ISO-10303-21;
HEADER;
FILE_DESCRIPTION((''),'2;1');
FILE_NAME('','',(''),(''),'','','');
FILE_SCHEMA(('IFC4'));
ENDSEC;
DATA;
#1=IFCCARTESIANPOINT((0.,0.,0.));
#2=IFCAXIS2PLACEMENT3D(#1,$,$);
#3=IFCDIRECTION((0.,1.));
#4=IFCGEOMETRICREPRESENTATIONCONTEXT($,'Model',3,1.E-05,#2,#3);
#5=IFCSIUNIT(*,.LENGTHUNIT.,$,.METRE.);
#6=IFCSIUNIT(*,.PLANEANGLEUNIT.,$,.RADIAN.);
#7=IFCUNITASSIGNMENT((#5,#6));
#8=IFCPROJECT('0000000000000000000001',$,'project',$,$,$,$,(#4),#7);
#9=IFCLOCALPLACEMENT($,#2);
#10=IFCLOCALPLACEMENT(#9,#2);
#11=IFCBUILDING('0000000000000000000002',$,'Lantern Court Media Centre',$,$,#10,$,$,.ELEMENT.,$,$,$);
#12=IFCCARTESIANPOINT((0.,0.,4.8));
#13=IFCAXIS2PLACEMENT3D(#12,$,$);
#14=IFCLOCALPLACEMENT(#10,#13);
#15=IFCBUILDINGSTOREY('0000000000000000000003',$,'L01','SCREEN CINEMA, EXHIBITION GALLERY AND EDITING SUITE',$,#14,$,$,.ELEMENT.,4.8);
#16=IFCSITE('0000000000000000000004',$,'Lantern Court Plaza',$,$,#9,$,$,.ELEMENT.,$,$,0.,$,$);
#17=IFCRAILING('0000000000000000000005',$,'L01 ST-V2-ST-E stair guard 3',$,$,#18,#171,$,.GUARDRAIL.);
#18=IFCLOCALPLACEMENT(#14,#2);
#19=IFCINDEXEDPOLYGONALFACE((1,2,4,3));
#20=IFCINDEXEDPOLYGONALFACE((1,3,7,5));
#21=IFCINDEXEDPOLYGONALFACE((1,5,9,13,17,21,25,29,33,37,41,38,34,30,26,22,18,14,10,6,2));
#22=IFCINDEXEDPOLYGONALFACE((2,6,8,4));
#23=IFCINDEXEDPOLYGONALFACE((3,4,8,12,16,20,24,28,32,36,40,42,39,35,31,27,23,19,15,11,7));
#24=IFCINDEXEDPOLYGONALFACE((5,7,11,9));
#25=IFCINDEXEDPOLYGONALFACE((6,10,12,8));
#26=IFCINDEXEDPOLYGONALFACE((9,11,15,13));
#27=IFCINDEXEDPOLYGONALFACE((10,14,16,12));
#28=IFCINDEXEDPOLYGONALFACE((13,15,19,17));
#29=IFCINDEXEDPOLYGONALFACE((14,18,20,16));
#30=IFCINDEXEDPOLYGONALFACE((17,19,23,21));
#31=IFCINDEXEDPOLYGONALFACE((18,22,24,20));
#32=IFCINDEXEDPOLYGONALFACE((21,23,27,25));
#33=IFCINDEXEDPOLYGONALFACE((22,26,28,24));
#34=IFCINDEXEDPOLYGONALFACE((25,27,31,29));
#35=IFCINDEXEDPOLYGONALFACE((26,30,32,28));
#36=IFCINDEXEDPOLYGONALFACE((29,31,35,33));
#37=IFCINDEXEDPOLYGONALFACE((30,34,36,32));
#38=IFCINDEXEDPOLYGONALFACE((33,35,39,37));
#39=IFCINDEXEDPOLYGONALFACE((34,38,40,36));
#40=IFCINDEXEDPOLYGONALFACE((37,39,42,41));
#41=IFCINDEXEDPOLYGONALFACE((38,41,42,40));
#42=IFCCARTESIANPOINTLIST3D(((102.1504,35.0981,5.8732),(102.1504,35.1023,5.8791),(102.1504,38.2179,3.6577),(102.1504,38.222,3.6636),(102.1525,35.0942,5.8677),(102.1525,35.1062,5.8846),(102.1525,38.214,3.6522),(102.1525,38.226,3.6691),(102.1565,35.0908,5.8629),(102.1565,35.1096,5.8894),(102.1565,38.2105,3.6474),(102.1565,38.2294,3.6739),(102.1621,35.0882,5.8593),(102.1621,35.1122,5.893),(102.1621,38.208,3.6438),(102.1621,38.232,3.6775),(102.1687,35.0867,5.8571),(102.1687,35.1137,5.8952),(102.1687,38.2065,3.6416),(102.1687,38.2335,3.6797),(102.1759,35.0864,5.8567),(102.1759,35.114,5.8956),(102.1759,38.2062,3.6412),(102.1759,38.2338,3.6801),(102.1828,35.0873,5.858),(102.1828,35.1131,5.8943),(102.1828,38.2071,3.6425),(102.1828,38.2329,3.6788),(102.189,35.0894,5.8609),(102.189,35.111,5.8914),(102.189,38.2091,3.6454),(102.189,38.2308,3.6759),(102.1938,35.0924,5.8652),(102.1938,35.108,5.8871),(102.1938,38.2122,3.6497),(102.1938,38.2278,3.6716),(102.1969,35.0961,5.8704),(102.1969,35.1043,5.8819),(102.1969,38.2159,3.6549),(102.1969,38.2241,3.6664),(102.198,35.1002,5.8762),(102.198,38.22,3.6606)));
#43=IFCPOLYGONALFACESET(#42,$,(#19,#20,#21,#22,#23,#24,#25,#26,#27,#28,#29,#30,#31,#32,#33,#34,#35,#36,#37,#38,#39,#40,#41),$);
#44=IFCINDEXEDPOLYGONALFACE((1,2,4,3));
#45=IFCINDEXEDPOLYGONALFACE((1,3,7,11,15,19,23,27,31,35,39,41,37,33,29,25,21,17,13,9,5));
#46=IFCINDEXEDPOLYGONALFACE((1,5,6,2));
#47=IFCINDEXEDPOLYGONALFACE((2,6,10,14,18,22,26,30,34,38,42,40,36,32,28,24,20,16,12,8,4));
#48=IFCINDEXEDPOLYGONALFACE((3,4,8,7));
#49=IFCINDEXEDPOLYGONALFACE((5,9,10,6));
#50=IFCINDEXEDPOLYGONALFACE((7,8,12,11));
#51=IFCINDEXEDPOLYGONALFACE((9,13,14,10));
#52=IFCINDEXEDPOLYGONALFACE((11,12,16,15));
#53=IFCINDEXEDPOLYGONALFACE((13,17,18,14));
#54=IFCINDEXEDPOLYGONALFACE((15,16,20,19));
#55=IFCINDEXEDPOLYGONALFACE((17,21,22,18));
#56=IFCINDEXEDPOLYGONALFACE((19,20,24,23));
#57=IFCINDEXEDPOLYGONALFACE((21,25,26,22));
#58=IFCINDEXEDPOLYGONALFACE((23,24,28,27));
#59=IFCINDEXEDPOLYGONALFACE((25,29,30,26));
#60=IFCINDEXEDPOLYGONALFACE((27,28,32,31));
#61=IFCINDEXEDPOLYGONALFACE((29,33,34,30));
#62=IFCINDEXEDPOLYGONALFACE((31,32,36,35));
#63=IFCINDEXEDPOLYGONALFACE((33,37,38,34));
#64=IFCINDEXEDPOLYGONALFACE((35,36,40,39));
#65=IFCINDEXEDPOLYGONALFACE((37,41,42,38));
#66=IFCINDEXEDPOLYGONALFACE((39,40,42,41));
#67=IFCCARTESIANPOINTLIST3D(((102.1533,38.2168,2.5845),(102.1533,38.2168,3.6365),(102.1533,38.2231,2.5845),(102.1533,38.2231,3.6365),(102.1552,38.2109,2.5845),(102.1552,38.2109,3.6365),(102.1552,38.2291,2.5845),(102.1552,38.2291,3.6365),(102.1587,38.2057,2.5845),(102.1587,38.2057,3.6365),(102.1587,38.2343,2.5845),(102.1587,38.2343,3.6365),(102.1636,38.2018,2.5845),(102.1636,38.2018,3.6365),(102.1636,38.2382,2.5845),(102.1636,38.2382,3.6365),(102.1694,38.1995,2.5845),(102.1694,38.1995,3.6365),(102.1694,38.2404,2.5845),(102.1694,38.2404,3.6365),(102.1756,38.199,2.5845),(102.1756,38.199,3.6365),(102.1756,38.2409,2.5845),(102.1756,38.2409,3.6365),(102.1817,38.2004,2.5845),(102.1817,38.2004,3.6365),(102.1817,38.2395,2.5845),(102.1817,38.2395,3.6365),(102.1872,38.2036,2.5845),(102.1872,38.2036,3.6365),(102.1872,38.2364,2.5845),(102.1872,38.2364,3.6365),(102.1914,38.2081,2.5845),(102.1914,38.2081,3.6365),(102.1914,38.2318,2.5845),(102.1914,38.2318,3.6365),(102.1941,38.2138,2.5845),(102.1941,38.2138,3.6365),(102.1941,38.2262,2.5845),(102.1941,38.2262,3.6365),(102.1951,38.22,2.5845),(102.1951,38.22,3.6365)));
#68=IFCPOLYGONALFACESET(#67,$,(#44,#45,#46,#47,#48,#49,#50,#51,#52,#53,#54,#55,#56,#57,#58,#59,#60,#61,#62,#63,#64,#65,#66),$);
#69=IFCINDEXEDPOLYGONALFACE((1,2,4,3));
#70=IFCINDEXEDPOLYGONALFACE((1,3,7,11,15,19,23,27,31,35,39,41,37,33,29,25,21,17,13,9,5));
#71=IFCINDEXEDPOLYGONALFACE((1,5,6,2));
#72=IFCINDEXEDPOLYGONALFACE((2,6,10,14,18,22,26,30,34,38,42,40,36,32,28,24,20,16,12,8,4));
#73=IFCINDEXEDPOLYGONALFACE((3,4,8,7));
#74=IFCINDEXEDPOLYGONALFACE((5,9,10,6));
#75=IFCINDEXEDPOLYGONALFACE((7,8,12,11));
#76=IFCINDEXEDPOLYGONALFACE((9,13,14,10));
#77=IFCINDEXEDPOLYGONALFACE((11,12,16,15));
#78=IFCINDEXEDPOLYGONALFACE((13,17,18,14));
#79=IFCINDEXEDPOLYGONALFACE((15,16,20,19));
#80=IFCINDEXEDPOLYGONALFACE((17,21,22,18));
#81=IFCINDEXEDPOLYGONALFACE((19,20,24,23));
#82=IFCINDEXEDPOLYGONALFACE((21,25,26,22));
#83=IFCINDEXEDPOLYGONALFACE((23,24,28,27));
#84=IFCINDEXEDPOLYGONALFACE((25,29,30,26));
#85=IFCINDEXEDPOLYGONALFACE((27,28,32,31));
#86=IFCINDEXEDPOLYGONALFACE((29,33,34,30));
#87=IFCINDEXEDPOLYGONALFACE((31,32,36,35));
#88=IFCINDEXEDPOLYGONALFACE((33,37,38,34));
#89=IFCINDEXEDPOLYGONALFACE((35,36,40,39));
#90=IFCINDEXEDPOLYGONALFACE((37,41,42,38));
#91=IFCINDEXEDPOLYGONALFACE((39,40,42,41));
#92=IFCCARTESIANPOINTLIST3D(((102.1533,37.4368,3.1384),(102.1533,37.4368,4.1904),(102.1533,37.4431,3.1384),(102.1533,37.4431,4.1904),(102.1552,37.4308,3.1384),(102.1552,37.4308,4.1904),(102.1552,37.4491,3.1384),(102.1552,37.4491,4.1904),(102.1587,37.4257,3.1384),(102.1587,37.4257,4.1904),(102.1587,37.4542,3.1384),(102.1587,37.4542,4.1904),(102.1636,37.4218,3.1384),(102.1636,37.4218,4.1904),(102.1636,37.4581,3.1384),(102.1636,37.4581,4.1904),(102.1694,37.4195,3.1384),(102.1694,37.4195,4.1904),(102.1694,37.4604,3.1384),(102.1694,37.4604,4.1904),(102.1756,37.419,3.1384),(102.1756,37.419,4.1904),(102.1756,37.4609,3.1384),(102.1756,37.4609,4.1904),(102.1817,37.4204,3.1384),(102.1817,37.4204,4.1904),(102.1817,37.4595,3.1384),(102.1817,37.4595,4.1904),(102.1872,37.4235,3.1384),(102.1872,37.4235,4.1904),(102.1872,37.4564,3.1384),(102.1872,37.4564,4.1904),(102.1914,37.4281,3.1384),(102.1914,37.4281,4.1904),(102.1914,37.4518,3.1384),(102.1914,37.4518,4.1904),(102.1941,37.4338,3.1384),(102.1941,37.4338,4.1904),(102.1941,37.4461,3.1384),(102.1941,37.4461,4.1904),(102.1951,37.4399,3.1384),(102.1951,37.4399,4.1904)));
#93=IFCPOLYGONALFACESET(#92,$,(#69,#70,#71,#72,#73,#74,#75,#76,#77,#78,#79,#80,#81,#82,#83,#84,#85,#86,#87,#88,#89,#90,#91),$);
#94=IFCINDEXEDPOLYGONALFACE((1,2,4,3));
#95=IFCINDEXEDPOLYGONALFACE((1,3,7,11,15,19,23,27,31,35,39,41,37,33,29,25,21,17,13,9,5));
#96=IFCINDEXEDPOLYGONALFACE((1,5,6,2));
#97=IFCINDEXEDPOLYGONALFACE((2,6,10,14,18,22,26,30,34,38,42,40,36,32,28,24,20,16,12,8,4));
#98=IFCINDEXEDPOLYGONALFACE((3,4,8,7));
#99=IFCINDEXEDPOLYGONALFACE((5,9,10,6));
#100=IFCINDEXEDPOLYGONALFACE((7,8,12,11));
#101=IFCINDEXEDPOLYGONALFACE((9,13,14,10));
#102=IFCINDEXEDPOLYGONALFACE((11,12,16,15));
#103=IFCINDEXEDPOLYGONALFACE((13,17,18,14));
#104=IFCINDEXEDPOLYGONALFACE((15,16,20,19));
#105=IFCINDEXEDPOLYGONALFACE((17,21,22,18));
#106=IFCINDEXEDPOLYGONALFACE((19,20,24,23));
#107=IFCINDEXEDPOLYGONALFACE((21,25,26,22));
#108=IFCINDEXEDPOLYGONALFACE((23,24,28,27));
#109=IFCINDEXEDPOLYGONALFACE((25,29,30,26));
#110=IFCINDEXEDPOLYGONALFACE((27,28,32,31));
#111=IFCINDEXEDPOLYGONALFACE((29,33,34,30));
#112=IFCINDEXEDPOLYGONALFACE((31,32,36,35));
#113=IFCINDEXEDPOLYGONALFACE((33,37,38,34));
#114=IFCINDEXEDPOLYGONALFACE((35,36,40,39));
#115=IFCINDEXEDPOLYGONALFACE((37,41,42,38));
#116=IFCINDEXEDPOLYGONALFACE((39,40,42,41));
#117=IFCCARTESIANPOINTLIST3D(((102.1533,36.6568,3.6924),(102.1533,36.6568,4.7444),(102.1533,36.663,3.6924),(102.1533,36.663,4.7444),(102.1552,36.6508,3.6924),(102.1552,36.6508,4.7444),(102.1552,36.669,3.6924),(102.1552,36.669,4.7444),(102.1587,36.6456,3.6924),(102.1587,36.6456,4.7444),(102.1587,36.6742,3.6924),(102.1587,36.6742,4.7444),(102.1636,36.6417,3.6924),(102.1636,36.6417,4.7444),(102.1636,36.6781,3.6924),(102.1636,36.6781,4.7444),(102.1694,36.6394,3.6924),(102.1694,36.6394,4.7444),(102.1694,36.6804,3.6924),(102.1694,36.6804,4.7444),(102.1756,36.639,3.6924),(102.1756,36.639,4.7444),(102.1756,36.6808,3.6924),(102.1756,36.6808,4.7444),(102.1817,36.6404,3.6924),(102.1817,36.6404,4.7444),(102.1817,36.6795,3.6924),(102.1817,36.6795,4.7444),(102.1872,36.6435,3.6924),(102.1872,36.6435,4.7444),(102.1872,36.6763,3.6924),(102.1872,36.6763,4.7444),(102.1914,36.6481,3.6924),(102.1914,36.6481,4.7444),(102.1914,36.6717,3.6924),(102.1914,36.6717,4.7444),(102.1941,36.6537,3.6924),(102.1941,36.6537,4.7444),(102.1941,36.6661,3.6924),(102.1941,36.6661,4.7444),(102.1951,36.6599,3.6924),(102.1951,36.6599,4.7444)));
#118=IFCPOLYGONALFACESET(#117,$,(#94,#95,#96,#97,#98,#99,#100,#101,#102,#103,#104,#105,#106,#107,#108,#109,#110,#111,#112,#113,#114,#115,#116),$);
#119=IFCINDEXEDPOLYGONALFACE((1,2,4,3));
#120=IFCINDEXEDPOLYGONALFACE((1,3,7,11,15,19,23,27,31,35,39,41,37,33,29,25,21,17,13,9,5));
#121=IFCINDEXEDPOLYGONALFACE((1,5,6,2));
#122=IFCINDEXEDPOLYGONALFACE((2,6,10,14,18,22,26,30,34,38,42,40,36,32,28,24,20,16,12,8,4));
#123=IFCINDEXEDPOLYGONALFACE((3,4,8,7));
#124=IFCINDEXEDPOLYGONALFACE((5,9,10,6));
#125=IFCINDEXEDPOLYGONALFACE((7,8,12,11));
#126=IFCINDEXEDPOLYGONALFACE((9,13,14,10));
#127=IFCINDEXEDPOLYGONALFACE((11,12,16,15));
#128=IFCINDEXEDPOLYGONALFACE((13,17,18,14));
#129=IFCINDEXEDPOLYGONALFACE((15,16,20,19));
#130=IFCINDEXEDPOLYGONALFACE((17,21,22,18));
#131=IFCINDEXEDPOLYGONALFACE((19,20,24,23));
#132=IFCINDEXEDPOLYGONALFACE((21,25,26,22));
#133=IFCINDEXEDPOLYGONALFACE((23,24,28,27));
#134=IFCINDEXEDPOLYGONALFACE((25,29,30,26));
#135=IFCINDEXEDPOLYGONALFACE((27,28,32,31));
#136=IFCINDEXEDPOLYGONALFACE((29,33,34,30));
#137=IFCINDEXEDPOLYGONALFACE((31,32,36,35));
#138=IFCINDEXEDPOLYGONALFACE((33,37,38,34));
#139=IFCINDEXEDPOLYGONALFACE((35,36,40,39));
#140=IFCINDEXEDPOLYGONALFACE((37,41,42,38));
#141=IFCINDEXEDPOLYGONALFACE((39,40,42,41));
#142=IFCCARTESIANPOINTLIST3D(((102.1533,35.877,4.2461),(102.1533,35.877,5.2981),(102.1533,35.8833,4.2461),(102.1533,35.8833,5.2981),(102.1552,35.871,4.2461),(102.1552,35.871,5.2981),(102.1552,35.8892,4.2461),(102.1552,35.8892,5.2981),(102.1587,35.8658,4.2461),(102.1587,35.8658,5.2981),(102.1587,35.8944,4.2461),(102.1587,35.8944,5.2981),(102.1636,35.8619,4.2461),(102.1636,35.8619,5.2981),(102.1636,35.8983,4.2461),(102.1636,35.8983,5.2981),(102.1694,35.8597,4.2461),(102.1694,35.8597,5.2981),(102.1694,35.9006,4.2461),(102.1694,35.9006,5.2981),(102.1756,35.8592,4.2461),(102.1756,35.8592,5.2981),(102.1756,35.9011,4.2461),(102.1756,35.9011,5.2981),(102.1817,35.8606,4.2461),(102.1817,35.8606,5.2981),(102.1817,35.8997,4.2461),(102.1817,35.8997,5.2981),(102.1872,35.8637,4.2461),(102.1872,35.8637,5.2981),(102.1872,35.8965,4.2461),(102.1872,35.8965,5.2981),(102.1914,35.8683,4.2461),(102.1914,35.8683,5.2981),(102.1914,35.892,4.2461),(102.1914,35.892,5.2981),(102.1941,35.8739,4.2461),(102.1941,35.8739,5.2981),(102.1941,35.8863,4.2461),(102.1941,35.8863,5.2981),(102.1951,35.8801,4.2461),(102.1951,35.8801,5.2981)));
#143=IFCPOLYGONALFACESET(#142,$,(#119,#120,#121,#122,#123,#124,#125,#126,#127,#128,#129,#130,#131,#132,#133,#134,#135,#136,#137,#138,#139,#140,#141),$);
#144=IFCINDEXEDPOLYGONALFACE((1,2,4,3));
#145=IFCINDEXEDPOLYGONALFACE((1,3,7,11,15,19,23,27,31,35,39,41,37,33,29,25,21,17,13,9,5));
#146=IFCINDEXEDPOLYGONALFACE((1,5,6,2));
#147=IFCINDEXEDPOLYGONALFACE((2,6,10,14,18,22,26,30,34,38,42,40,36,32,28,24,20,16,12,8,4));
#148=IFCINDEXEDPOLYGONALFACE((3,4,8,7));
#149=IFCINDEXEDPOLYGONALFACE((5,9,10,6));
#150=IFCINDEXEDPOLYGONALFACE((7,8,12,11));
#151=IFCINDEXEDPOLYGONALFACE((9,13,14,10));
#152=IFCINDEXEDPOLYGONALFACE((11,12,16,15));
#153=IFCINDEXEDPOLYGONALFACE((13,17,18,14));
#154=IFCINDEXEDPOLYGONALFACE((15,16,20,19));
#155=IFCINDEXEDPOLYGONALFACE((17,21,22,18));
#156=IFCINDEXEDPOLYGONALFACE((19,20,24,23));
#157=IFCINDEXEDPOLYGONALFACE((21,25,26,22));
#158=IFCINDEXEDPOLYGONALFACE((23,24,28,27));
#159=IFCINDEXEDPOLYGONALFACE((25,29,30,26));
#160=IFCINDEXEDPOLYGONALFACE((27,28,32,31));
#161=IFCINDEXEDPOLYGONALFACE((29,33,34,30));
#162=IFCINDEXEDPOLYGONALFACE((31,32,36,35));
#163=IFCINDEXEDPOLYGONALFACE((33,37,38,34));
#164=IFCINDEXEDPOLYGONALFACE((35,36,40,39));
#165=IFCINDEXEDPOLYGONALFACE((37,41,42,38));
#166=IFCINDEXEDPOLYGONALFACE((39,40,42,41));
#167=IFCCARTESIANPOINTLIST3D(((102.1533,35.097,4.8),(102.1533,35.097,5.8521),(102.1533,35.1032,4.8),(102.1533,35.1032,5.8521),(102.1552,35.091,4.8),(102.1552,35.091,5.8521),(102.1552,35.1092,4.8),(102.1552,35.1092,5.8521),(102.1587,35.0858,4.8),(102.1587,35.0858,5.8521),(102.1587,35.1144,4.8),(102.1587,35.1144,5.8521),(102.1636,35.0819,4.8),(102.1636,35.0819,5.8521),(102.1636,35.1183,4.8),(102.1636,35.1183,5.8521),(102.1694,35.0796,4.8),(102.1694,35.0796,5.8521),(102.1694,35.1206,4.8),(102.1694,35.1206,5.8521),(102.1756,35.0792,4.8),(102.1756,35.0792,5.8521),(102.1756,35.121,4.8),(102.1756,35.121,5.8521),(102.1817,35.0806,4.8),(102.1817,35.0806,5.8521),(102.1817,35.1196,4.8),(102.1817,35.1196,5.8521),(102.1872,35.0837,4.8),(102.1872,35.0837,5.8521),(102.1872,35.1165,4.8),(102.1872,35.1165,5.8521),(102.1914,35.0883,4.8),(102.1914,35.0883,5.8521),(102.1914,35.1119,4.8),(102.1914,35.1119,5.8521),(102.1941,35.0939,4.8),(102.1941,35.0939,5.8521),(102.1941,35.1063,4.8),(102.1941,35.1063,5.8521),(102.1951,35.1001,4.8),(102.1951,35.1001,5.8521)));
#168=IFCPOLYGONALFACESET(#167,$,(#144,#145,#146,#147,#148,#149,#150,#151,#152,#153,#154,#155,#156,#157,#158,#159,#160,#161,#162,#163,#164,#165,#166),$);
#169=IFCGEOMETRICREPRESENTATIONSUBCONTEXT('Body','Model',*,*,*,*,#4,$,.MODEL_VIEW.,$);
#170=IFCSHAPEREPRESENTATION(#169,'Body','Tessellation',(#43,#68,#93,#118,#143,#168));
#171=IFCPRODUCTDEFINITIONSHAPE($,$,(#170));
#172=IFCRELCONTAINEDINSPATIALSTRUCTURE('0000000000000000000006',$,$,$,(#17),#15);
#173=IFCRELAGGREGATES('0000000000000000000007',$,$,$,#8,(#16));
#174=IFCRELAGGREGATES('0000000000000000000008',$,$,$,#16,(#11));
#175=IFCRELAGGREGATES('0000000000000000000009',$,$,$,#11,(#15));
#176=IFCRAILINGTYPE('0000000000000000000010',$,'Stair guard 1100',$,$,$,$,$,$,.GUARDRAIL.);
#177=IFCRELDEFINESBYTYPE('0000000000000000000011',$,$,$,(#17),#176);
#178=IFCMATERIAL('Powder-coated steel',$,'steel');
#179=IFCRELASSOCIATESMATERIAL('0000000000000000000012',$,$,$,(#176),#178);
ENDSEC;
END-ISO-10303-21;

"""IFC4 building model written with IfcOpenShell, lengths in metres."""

from ifc_helpers import new_model, si_unit, direction, frame, origin, origin_2d, place, context, subcontext, project, spatial, circle, extrude, material, type_object, element, save


model = new_model("IFC4")

# Units and contexts
model_context = context("Model", 3, precision=1e-05, world=origin(), true_north=direction((0.0, 1.0)))
body_context = subcontext(model_context, "Body", "Model", "MODEL_VIEW")
ifc_project = project(units=[si_unit("LENGTHUNIT", "METRE"), si_unit("PLANEANGLEUNIT", "RADIAN")], contexts=[model_context])

# Site, building, storey
site_placement = place(None, origin())
site = spatial("IfcSite", under=ifc_project, at=site_placement, Name="Lantern Court Plaza", CompositionType="ELEMENT", RefElevation=0.0)
building_placement = place(site_placement, origin())
building = spatial("IfcBuilding", under=site, at=building_placement, Name="Lantern Court Media Centre", CompositionType="ELEMENT")
storey_placement = place(building_placement, frame((0.0, 0.0, 4.8)))
storey = spatial("IfcBuildingStorey", under=building, at=storey_placement, Name="L01", Description="SCREEN CINEMA, EXHIBITION GALLERY AND EDITING SUITE", CompositionType="ELEMENT", Elevation=4.8)

# Railing
ifc_material_1 = material(Name="Powder-coated steel", Category="steel")
railing_type_1 = type_object("IfcRailingType", Name="Stair guard 1100", PredefinedType="GUARDRAIL", material=ifc_material_1)
railing_1_placement = place(storey_placement, frame((102.1741, 38.22, 2.5845)))
element("IfcRailing", 1, at=railing_1_placement, inside=storey, type_object=railing_type_1, Name="L01 ST-V2-ST-E stair guard 3", PredefinedType="GUARDRAIL", context=body_context, shape_type="SweptSolid", body=[
    extrude(circle(Radius=0.0239, at=origin_2d()), frame((0.0, 0.0, 1.0762), z_axis=(0.0, -0.815325, 0.579003), x_axis=(1.0, 0.0, 0.0)), (0.0, 0.0, 1.0), 3.8264),
    extrude(circle(Radius=0.021, at=origin_2d()), origin(), (0.0, 0.0, 1.0), 1.052),
    extrude(circle(Radius=0.021, at=origin_2d()), frame((0.0, -0.78, 0.554)), (0.0, 0.0, 1.0), 1.052),
    extrude(circle(Radius=0.021, at=origin_2d()), frame((0.0, -1.5601, 1.1079)), (0.0, 0.0, 1.0), 1.052),
    extrude(circle(Radius=0.021, at=origin_2d()), frame((0.0, -2.3398, 1.6616)), (0.0, 0.0, 1.0), 1.052),
    extrude(circle(Radius=0.021, at=origin_2d()), frame((0.0, -3.1199, 2.2156)), (0.0, 0.0, 1.0), 1.052),
])

save(model, "model.ifc")
